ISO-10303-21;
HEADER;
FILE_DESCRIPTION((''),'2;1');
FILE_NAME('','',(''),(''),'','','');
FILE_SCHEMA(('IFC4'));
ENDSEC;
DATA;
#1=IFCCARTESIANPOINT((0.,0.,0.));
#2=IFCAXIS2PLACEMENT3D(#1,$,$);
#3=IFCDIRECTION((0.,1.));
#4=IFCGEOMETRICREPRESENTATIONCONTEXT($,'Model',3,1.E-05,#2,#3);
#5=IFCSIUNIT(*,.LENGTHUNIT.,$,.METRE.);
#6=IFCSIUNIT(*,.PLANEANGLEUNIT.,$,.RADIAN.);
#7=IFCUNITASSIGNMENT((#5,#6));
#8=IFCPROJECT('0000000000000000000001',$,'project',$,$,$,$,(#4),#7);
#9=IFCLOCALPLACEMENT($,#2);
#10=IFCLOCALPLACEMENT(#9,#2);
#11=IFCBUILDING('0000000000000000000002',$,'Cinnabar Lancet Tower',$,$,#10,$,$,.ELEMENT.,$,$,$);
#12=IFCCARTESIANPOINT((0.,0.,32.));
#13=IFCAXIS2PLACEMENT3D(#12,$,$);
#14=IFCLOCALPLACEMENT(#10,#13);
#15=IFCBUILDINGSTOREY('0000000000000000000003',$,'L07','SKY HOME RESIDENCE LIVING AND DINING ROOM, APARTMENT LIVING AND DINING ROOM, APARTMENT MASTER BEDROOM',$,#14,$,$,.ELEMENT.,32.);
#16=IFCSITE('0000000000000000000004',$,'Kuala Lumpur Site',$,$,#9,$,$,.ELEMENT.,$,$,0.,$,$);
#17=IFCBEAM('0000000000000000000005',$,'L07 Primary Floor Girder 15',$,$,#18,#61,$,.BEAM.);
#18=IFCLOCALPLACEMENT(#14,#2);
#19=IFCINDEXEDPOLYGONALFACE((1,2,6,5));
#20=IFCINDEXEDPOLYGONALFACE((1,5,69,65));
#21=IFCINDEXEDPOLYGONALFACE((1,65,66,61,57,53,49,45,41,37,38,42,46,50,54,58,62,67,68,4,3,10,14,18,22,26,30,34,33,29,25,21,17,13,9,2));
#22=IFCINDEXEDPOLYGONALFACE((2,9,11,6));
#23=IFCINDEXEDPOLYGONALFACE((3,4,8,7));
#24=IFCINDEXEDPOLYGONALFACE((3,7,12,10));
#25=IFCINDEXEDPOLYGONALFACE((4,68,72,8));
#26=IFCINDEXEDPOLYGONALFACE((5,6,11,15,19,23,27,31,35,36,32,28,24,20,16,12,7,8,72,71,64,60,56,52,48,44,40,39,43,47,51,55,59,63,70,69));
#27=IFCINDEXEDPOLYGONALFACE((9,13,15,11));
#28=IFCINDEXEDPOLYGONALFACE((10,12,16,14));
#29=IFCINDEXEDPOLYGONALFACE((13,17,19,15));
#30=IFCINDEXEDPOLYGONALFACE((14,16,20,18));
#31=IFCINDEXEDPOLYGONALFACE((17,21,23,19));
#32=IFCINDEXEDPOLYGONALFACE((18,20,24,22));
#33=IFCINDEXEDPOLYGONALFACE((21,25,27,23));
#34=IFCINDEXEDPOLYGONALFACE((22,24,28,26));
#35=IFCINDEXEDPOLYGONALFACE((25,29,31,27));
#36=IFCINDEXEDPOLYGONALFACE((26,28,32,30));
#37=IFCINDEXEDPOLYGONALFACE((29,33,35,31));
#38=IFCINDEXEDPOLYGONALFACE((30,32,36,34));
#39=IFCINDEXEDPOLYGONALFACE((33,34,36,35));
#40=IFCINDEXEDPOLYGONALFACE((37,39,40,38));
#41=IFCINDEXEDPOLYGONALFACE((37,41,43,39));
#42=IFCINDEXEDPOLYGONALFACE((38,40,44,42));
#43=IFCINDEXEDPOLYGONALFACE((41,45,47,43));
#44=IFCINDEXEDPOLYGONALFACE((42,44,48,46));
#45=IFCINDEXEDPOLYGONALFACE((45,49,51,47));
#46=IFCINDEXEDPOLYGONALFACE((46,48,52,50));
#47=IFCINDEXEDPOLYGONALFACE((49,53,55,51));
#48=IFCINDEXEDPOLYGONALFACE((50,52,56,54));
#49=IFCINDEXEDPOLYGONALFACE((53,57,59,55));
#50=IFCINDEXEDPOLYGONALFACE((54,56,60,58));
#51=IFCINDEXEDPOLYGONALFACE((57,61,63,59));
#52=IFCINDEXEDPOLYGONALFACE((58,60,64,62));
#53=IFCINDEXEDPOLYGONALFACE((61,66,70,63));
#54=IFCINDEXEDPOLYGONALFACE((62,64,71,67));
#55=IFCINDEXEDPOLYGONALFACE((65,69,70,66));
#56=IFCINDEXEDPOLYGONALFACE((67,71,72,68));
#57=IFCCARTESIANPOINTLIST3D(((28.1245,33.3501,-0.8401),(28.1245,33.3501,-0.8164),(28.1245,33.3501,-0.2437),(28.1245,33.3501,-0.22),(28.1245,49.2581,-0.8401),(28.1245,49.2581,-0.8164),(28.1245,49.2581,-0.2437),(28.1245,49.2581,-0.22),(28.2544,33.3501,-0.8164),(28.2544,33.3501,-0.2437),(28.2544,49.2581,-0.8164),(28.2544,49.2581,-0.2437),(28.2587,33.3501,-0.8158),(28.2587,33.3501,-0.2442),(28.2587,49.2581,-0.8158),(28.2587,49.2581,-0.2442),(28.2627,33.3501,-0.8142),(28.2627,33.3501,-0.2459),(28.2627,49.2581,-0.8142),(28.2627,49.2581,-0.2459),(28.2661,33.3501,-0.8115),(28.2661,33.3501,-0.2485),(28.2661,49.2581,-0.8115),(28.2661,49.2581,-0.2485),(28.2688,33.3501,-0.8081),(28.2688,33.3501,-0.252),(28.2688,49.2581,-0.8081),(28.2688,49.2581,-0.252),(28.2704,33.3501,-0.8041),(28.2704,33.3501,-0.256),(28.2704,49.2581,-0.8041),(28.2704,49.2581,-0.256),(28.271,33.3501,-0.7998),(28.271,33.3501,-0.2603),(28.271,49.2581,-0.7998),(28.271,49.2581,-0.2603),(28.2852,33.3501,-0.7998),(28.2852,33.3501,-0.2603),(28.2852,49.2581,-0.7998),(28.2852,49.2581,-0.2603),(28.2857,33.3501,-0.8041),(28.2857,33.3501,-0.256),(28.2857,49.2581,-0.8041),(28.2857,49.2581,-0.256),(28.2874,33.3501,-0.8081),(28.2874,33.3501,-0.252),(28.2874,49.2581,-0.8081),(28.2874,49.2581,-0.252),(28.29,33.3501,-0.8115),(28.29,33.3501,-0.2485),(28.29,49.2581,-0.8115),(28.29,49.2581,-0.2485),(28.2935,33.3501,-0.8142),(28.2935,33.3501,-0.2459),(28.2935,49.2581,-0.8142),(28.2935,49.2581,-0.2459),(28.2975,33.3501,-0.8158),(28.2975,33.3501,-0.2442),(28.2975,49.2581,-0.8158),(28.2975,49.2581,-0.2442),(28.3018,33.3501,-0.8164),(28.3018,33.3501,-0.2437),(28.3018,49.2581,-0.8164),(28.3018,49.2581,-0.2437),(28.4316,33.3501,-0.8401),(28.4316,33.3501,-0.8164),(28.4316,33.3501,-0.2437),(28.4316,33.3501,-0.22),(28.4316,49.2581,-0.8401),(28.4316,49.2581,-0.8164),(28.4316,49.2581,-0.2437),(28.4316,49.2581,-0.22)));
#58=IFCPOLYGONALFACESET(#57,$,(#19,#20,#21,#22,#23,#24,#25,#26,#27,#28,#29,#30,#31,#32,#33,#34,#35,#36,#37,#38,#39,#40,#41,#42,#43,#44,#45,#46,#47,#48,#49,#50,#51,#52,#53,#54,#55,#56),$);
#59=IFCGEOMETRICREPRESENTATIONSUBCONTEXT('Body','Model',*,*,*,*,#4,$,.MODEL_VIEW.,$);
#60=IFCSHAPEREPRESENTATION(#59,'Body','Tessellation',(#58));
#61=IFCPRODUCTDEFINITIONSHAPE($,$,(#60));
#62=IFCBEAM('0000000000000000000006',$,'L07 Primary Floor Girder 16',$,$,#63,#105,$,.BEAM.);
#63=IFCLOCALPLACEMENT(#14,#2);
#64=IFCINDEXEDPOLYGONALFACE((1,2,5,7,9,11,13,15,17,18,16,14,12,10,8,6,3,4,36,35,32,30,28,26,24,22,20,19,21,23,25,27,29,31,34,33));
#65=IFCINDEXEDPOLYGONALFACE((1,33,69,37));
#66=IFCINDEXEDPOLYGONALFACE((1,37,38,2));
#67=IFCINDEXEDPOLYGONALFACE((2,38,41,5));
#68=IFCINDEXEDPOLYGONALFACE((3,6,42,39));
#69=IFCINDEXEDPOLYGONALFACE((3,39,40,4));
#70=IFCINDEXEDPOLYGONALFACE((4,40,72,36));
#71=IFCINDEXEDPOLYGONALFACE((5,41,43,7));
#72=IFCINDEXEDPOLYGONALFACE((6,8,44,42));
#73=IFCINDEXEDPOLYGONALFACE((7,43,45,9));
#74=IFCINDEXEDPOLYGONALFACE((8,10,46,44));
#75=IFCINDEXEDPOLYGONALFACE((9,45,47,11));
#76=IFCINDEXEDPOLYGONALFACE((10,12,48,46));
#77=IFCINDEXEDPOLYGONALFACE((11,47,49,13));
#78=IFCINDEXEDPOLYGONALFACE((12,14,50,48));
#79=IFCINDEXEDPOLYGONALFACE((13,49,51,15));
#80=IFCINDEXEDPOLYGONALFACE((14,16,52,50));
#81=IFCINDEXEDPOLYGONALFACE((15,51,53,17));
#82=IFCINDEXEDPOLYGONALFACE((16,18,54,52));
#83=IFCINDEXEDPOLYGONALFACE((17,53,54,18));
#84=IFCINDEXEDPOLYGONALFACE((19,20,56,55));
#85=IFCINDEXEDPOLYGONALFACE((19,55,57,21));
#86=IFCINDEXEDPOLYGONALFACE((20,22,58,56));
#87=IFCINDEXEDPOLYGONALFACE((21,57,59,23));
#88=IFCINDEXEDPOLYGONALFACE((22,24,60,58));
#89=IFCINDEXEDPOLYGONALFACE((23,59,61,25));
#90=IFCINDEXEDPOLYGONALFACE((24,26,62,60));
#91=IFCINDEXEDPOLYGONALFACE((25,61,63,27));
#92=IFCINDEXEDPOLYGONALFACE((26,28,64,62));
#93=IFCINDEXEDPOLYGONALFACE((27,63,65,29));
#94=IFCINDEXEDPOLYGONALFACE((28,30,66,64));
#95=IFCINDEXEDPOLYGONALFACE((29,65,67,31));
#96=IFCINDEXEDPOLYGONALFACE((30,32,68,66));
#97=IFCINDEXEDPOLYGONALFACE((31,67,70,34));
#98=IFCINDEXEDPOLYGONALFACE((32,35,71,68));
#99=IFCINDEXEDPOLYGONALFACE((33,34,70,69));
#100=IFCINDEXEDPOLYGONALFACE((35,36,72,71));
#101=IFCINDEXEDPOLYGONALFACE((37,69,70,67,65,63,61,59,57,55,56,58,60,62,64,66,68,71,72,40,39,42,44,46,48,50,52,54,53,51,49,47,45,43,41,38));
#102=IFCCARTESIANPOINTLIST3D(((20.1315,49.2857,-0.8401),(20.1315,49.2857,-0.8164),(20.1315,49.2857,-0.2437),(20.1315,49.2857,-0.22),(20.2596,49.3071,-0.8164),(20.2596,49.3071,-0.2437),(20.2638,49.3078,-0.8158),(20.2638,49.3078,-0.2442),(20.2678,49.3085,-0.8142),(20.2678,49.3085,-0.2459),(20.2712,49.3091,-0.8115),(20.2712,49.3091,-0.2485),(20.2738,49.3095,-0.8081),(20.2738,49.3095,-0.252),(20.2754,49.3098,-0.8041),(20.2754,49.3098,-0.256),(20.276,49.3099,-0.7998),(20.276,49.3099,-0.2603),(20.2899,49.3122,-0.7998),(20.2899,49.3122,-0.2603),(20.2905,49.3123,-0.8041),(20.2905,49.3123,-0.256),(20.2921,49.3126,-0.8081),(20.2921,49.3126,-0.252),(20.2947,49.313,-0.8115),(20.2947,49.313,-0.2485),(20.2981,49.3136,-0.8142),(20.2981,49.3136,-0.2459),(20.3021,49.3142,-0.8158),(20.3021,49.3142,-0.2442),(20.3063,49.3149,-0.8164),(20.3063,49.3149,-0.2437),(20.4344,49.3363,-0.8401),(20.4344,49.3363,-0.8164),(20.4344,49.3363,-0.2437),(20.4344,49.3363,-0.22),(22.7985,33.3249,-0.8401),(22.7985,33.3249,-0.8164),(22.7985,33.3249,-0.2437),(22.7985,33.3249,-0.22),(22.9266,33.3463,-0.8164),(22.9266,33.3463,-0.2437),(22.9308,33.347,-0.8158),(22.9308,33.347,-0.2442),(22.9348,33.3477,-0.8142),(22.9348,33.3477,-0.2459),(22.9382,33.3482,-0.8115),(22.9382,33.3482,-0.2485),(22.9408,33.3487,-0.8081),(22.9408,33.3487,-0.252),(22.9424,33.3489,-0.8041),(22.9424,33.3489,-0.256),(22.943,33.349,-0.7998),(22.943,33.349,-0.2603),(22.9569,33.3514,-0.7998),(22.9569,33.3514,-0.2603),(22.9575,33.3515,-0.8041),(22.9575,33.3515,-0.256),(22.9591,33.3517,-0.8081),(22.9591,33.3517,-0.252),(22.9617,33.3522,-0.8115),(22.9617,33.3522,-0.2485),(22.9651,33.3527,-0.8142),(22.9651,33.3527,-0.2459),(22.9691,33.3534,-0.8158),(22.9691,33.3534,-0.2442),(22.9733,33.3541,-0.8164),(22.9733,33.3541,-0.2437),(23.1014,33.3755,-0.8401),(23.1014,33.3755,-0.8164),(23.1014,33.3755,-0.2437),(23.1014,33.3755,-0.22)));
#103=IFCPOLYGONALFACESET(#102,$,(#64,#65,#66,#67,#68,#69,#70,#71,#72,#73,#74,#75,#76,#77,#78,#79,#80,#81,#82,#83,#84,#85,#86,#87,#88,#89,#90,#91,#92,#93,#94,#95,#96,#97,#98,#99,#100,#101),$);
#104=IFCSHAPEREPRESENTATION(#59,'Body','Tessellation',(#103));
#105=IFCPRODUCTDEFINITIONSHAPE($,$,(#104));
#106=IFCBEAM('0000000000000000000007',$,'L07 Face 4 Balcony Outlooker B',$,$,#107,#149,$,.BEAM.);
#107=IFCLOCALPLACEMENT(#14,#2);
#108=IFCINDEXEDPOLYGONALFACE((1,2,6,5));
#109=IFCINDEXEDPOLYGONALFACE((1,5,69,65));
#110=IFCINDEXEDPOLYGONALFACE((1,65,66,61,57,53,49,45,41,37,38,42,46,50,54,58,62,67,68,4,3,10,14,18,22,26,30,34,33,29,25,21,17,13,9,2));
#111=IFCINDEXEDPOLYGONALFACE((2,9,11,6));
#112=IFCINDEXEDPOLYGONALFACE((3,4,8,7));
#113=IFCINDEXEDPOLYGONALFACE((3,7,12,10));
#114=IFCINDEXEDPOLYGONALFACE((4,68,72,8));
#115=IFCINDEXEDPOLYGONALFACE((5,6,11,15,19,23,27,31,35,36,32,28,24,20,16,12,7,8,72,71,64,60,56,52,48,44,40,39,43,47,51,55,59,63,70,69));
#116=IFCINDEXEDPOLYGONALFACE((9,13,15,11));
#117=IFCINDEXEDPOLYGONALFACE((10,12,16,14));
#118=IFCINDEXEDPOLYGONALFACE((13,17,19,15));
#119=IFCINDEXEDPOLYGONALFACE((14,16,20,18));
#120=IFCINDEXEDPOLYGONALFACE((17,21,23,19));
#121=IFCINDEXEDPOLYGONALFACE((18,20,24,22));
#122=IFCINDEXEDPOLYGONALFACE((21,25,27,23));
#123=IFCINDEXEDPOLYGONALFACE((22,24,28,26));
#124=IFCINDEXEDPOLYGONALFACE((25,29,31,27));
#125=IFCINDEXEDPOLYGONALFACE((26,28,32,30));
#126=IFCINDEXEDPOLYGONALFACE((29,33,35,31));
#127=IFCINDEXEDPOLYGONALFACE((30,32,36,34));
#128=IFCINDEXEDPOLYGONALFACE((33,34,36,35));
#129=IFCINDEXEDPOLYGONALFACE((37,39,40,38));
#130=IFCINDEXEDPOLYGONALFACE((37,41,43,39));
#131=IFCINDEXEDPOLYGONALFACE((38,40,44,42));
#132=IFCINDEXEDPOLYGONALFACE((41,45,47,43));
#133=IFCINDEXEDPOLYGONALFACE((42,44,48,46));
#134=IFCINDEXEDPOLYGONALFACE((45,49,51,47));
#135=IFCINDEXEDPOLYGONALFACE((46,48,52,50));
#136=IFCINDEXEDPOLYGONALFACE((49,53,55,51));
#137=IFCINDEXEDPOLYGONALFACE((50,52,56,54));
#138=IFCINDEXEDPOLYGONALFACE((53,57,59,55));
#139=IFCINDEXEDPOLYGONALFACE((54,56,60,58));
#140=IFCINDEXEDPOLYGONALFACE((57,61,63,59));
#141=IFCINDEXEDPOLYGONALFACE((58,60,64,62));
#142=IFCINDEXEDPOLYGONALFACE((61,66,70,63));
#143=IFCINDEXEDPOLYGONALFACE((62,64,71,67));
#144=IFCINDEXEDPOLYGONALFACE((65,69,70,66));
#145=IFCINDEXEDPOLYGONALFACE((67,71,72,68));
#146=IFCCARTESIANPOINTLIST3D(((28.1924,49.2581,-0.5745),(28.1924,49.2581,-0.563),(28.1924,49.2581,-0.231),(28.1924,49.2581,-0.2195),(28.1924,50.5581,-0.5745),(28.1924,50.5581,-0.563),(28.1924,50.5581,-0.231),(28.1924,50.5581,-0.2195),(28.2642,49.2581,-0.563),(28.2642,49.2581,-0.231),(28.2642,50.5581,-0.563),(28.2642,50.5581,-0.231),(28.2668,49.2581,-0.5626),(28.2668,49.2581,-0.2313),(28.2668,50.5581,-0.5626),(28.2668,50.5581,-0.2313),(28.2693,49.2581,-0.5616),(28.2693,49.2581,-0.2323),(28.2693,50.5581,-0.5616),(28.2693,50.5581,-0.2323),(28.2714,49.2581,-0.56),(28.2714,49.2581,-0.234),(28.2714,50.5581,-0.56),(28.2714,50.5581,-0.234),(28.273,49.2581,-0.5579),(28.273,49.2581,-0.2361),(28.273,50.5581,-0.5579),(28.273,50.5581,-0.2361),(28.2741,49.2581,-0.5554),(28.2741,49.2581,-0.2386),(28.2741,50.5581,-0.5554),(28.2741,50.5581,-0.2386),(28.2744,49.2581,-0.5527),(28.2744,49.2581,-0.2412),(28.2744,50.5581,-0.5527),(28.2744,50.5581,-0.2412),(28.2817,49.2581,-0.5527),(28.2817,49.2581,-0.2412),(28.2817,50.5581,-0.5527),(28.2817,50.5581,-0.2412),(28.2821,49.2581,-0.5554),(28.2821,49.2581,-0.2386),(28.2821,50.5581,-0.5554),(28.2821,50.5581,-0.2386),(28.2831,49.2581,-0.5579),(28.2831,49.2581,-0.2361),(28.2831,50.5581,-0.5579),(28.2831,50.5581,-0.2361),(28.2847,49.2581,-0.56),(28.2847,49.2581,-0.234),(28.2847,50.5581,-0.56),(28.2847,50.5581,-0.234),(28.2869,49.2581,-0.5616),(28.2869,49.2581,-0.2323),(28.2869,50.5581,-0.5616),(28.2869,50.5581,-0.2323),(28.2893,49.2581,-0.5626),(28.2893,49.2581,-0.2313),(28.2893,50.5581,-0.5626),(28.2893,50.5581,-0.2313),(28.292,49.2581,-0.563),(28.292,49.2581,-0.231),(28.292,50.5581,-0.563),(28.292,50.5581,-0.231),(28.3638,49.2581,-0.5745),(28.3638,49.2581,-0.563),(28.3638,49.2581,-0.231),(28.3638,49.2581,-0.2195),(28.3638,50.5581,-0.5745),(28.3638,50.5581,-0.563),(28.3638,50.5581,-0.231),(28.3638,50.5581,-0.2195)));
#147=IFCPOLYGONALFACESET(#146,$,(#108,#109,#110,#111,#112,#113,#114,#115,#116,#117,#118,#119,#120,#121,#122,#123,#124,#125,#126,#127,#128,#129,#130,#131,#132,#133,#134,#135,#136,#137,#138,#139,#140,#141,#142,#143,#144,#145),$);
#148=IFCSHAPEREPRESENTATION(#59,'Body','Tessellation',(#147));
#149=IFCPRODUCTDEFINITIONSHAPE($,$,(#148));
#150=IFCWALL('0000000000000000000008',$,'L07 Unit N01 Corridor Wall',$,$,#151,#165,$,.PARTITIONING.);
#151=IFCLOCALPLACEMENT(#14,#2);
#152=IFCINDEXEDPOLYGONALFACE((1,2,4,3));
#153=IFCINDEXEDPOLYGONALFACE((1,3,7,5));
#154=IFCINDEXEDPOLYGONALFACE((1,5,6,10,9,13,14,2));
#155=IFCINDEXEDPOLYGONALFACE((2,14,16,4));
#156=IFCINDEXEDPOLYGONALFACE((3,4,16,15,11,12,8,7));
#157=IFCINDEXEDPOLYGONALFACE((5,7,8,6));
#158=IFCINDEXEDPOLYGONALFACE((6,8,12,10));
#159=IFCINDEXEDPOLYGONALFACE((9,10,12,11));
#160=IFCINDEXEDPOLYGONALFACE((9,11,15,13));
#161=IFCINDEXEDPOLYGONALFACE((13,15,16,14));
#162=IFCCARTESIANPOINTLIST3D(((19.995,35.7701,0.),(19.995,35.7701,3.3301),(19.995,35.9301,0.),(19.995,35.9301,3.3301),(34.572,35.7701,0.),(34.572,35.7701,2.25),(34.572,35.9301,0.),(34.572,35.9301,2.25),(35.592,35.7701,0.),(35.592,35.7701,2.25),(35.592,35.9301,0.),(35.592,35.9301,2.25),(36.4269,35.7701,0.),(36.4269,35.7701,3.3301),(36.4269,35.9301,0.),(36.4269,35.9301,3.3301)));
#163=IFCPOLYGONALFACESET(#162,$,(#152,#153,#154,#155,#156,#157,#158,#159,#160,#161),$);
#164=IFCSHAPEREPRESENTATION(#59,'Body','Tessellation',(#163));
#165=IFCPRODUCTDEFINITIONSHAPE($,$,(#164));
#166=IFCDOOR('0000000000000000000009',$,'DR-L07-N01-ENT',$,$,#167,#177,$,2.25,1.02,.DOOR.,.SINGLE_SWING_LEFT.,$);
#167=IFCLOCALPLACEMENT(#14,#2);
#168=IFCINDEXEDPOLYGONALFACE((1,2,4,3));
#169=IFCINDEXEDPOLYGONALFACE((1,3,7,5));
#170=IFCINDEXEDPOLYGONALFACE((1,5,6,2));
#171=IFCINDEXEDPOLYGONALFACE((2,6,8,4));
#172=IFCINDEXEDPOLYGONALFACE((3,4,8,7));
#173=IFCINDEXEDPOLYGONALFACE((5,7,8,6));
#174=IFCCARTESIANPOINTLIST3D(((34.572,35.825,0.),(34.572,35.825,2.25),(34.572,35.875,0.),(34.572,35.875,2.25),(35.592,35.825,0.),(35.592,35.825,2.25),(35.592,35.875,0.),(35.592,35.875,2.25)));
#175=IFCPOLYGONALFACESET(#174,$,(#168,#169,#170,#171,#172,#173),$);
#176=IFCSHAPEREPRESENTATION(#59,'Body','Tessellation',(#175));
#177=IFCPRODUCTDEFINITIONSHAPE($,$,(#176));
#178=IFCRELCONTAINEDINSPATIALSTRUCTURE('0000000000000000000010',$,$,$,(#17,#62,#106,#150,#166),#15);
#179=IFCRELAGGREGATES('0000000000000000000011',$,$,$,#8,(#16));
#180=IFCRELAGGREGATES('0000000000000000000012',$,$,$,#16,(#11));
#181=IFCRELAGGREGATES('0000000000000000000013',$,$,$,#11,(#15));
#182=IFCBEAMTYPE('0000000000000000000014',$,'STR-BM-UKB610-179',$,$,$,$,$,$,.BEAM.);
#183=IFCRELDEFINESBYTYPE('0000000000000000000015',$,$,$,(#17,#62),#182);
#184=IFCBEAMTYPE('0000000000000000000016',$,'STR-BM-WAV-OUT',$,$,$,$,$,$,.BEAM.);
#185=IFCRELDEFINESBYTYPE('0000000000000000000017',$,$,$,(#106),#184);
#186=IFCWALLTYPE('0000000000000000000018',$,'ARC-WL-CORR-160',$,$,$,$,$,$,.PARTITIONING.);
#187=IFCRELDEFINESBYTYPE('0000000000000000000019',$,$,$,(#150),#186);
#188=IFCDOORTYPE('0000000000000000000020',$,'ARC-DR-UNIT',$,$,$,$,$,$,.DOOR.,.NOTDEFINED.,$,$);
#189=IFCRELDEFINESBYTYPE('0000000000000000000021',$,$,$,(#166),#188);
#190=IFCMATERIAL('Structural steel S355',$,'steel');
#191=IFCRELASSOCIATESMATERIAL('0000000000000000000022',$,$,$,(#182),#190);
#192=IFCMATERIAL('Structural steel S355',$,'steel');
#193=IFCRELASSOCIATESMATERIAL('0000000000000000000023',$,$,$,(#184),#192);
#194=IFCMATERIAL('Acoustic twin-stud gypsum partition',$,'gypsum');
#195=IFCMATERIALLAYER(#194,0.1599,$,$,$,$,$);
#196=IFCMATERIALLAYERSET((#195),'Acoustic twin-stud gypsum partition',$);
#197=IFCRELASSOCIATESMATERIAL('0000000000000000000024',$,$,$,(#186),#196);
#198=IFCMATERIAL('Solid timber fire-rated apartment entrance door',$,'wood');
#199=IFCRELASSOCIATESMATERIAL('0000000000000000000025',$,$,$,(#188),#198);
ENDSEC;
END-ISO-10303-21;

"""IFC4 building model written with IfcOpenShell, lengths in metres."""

from ifc_helpers import new_model, si_unit, direction, frame, frame_2d, origin, origin_2d, place, context, subcontext, project, spatial, rectangle, i_section, extrude, material, layer, layer_set, material_profile, profile_set, type_object, element, fill, save


model = new_model("IFC4")

# Units and contexts
model_context = context("Model", 3, precision=1e-05, world=origin(), true_north=direction((0.0, 1.0)))
body_context = subcontext(model_context, "Body", "Model", "MODEL_VIEW")
ifc_project = project(units=[si_unit("LENGTHUNIT", "METRE"), si_unit("PLANEANGLEUNIT", "RADIAN")], contexts=[model_context])

# Site, building, storey
site_placement = place(None, origin())
site = spatial("IfcSite", under=ifc_project, at=site_placement, Name="Kuala Lumpur Site", CompositionType="ELEMENT", RefElevation=0.0)
building_placement = place(site_placement, origin())
building = spatial("IfcBuilding", under=site, at=building_placement, Name="Cinnabar Lancet Tower", CompositionType="ELEMENT")
storey_placement = place(building_placement, frame((0.0, 0.0, 32.0)))
storey = spatial("IfcBuildingStorey", under=building, at=storey_placement, Name="L07", Description="SKY HOME RESIDENCE LIVING AND DINING ROOM, APARTMENT LIVING AND DINING ROOM, APARTMENT MASTER BEDROOM", CompositionType="ELEMENT", Elevation=32.0)

# Beams
ifc_material_1 = material(Name="Structural steel S355", Category="steel")
ifc_material_profile_1 = material_profile(ifc_material_1, i_section(OverallWidth=0.3071, OverallDepth=0.6201, WebThickness=0.0142, FlangeThickness=0.0237, FilletRadius=0.0166, at=origin_2d()), Name="UKB 610x305x179")
ifc_profile_set_1 = profile_set([ifc_material_profile_1], Name="Structural steel S355")
beam_type_1 = type_object("IfcBeamType", Name="STR-BM-UKB610-179", PredefinedType="BEAM", material=ifc_profile_set_1)
beam_1_placement = place(storey_placement, frame((28.2781, 49.2581, -0.53), z_axis=(0.0, -1.0, 0.0), x_axis=(1.0, 0.0, 0.0)))
element("IfcBeam", 1, at=beam_1_placement, inside=storey, type_object=beam_type_1, Name="L07 Primary Floor Girder 15", PredefinedType="BEAM", context=body_context, shape_type="SweptSolid", body=[
    extrude(i_section(OverallWidth=0.3071, OverallDepth=0.6201, WebThickness=0.0142, FlangeThickness=0.0237, FilletRadius=0.0166, at=origin_2d()), origin(), (0.0, 0.0, 1.0), 15.908),
])
beam_2_placement = place(storey_placement, frame((20.283, 49.311, -0.53), z_axis=(0.16481, -0.986325, 0.0), x_axis=(0.986325, 0.16481, 0.0)))
element("IfcBeam", 2, at=beam_2_placement, inside=storey, type_object=beam_type_1, Name="L07 Primary Floor Girder 16", PredefinedType="BEAM", context=body_context, shape_type="SweptSolid", body=[
    extrude(i_section(OverallWidth=0.3071, OverallDepth=0.6201, WebThickness=0.0142, FlangeThickness=0.0237, FilletRadius=0.0166, at=origin_2d()), origin(), (0.0, 0.0, 1.0), 16.1821),
])
ifc_material_2 = material(Name="Structural steel S355", Category="steel")
ifc_material_profile_2 = material_profile(ifc_material_2, i_section(OverallWidth=0.1714, OverallDepth=0.355, WebThickness=0.0073, FlangeThickness=0.0115, FilletRadius=0.0103, at=origin_2d()), Name="UKB 356x171x51")
ifc_profile_set_2 = profile_set([ifc_material_profile_2], Name="Structural steel S355")
beam_type_2 = type_object("IfcBeamType", Name="STR-BM-WAV-OUT", PredefinedType="BEAM", material=ifc_profile_set_2)
beam_3_placement = place(storey_placement, frame((28.2781, 49.2581, -0.397), z_axis=(0.0, 1.0, 0.0), x_axis=(-1.0, 0.0, 0.0)))
element("IfcBeam", 3, at=beam_3_placement, inside=storey, type_object=beam_type_2, Name="L07 Face 4 Balcony Outlooker B", PredefinedType="BEAM", context=body_context, shape_type="SweptSolid", body=[
    extrude(i_section(OverallWidth=0.1714, OverallDepth=0.355, WebThickness=0.0073, FlangeThickness=0.0115, FilletRadius=0.0103, at=origin_2d()), origin(), (0.0, 0.0, 1.0), 1.3),
])

# Wall, opening, door
ifc_material_3 = material(Name="Acoustic twin-stud gypsum partition", Category="gypsum")
ifc_layer_1 = layer(ifc_material_3, 0.1599)
ifc_layer_set_1 = layer_set([ifc_layer_1], Name="Acoustic twin-stud gypsum partition")
wall_type_1 = type_object("IfcWallType", Name="ARC-WL-CORR-160", PredefinedType="PARTITIONING", material=ifc_layer_set_1)
wall_1_placement = place(storey_placement, frame((19.9951, 35.8501, 0.0), z_axis=(0.0, 0.0, 1.0), x_axis=(1.0, 0.0, 0.0)))
wall_1 = element("IfcWall", 4, at=wall_1_placement, inside=storey, type_object=wall_type_1, Name="L07 Unit N01 Corridor Wall", PredefinedType="PARTITIONING", context=body_context, shape_type="SweptSolid", body=[
    extrude(rectangle(XDim=16.4319, YDim=0.1599, at=frame_2d((8.2158, 0.0))), origin(), (0.0, 0.0, 1.0), 3.3301),
])
opening_1_placement = place(wall_1_placement, frame((14.5769, 0.0, 0.0)))
opening_1 = element("IfcOpeningElement", 5, at=opening_1_placement, cuts=wall_1, PredefinedType="OPENING", context=body_context, shape_type="SweptSolid", body=[
    extrude(rectangle(XDim=1.02, YDim=2.25, at=frame_2d((0.51, 1.125))), frame((0.0, 0.0898, 0.0), z_axis=(0.0, -1.0, 0.0), x_axis=(1.0, 0.0, 0.0)), (0.0, 0.0, 1.0), 0.1799),
])
ifc_material_4 = material(Name="Solid timber fire-rated apartment entrance door", Category="wood")
door_type_1 = type_object("IfcDoorType", Name="ARC-DR-UNIT", OperationType="NOTDEFINED", PredefinedType="DOOR", material=ifc_material_4)
door_1_placement = place(opening_1_placement, origin())
door_1 = element("IfcDoor", 6, at=door_1_placement, inside=storey, type_object=door_type_1, Name="DR-L07-N01-ENT", OperationType="SINGLE_SWING_LEFT", OverallHeight=2.25, OverallWidth=1.02, PredefinedType="DOOR", context=body_context, shape_type="SweptSolid", body=[
    extrude(rectangle(XDim=1.02, YDim=2.25, at=frame_2d((0.51, 1.125))), frame((0.0, 0.0249, 0.0), z_axis=(0.0, -1.0, 0.0), x_axis=(1.0, 0.0, 0.0)), (0.0, 0.0, 1.0), 0.05),
])
fill(opening_1, door_1)

save(model, "model.ifc")
